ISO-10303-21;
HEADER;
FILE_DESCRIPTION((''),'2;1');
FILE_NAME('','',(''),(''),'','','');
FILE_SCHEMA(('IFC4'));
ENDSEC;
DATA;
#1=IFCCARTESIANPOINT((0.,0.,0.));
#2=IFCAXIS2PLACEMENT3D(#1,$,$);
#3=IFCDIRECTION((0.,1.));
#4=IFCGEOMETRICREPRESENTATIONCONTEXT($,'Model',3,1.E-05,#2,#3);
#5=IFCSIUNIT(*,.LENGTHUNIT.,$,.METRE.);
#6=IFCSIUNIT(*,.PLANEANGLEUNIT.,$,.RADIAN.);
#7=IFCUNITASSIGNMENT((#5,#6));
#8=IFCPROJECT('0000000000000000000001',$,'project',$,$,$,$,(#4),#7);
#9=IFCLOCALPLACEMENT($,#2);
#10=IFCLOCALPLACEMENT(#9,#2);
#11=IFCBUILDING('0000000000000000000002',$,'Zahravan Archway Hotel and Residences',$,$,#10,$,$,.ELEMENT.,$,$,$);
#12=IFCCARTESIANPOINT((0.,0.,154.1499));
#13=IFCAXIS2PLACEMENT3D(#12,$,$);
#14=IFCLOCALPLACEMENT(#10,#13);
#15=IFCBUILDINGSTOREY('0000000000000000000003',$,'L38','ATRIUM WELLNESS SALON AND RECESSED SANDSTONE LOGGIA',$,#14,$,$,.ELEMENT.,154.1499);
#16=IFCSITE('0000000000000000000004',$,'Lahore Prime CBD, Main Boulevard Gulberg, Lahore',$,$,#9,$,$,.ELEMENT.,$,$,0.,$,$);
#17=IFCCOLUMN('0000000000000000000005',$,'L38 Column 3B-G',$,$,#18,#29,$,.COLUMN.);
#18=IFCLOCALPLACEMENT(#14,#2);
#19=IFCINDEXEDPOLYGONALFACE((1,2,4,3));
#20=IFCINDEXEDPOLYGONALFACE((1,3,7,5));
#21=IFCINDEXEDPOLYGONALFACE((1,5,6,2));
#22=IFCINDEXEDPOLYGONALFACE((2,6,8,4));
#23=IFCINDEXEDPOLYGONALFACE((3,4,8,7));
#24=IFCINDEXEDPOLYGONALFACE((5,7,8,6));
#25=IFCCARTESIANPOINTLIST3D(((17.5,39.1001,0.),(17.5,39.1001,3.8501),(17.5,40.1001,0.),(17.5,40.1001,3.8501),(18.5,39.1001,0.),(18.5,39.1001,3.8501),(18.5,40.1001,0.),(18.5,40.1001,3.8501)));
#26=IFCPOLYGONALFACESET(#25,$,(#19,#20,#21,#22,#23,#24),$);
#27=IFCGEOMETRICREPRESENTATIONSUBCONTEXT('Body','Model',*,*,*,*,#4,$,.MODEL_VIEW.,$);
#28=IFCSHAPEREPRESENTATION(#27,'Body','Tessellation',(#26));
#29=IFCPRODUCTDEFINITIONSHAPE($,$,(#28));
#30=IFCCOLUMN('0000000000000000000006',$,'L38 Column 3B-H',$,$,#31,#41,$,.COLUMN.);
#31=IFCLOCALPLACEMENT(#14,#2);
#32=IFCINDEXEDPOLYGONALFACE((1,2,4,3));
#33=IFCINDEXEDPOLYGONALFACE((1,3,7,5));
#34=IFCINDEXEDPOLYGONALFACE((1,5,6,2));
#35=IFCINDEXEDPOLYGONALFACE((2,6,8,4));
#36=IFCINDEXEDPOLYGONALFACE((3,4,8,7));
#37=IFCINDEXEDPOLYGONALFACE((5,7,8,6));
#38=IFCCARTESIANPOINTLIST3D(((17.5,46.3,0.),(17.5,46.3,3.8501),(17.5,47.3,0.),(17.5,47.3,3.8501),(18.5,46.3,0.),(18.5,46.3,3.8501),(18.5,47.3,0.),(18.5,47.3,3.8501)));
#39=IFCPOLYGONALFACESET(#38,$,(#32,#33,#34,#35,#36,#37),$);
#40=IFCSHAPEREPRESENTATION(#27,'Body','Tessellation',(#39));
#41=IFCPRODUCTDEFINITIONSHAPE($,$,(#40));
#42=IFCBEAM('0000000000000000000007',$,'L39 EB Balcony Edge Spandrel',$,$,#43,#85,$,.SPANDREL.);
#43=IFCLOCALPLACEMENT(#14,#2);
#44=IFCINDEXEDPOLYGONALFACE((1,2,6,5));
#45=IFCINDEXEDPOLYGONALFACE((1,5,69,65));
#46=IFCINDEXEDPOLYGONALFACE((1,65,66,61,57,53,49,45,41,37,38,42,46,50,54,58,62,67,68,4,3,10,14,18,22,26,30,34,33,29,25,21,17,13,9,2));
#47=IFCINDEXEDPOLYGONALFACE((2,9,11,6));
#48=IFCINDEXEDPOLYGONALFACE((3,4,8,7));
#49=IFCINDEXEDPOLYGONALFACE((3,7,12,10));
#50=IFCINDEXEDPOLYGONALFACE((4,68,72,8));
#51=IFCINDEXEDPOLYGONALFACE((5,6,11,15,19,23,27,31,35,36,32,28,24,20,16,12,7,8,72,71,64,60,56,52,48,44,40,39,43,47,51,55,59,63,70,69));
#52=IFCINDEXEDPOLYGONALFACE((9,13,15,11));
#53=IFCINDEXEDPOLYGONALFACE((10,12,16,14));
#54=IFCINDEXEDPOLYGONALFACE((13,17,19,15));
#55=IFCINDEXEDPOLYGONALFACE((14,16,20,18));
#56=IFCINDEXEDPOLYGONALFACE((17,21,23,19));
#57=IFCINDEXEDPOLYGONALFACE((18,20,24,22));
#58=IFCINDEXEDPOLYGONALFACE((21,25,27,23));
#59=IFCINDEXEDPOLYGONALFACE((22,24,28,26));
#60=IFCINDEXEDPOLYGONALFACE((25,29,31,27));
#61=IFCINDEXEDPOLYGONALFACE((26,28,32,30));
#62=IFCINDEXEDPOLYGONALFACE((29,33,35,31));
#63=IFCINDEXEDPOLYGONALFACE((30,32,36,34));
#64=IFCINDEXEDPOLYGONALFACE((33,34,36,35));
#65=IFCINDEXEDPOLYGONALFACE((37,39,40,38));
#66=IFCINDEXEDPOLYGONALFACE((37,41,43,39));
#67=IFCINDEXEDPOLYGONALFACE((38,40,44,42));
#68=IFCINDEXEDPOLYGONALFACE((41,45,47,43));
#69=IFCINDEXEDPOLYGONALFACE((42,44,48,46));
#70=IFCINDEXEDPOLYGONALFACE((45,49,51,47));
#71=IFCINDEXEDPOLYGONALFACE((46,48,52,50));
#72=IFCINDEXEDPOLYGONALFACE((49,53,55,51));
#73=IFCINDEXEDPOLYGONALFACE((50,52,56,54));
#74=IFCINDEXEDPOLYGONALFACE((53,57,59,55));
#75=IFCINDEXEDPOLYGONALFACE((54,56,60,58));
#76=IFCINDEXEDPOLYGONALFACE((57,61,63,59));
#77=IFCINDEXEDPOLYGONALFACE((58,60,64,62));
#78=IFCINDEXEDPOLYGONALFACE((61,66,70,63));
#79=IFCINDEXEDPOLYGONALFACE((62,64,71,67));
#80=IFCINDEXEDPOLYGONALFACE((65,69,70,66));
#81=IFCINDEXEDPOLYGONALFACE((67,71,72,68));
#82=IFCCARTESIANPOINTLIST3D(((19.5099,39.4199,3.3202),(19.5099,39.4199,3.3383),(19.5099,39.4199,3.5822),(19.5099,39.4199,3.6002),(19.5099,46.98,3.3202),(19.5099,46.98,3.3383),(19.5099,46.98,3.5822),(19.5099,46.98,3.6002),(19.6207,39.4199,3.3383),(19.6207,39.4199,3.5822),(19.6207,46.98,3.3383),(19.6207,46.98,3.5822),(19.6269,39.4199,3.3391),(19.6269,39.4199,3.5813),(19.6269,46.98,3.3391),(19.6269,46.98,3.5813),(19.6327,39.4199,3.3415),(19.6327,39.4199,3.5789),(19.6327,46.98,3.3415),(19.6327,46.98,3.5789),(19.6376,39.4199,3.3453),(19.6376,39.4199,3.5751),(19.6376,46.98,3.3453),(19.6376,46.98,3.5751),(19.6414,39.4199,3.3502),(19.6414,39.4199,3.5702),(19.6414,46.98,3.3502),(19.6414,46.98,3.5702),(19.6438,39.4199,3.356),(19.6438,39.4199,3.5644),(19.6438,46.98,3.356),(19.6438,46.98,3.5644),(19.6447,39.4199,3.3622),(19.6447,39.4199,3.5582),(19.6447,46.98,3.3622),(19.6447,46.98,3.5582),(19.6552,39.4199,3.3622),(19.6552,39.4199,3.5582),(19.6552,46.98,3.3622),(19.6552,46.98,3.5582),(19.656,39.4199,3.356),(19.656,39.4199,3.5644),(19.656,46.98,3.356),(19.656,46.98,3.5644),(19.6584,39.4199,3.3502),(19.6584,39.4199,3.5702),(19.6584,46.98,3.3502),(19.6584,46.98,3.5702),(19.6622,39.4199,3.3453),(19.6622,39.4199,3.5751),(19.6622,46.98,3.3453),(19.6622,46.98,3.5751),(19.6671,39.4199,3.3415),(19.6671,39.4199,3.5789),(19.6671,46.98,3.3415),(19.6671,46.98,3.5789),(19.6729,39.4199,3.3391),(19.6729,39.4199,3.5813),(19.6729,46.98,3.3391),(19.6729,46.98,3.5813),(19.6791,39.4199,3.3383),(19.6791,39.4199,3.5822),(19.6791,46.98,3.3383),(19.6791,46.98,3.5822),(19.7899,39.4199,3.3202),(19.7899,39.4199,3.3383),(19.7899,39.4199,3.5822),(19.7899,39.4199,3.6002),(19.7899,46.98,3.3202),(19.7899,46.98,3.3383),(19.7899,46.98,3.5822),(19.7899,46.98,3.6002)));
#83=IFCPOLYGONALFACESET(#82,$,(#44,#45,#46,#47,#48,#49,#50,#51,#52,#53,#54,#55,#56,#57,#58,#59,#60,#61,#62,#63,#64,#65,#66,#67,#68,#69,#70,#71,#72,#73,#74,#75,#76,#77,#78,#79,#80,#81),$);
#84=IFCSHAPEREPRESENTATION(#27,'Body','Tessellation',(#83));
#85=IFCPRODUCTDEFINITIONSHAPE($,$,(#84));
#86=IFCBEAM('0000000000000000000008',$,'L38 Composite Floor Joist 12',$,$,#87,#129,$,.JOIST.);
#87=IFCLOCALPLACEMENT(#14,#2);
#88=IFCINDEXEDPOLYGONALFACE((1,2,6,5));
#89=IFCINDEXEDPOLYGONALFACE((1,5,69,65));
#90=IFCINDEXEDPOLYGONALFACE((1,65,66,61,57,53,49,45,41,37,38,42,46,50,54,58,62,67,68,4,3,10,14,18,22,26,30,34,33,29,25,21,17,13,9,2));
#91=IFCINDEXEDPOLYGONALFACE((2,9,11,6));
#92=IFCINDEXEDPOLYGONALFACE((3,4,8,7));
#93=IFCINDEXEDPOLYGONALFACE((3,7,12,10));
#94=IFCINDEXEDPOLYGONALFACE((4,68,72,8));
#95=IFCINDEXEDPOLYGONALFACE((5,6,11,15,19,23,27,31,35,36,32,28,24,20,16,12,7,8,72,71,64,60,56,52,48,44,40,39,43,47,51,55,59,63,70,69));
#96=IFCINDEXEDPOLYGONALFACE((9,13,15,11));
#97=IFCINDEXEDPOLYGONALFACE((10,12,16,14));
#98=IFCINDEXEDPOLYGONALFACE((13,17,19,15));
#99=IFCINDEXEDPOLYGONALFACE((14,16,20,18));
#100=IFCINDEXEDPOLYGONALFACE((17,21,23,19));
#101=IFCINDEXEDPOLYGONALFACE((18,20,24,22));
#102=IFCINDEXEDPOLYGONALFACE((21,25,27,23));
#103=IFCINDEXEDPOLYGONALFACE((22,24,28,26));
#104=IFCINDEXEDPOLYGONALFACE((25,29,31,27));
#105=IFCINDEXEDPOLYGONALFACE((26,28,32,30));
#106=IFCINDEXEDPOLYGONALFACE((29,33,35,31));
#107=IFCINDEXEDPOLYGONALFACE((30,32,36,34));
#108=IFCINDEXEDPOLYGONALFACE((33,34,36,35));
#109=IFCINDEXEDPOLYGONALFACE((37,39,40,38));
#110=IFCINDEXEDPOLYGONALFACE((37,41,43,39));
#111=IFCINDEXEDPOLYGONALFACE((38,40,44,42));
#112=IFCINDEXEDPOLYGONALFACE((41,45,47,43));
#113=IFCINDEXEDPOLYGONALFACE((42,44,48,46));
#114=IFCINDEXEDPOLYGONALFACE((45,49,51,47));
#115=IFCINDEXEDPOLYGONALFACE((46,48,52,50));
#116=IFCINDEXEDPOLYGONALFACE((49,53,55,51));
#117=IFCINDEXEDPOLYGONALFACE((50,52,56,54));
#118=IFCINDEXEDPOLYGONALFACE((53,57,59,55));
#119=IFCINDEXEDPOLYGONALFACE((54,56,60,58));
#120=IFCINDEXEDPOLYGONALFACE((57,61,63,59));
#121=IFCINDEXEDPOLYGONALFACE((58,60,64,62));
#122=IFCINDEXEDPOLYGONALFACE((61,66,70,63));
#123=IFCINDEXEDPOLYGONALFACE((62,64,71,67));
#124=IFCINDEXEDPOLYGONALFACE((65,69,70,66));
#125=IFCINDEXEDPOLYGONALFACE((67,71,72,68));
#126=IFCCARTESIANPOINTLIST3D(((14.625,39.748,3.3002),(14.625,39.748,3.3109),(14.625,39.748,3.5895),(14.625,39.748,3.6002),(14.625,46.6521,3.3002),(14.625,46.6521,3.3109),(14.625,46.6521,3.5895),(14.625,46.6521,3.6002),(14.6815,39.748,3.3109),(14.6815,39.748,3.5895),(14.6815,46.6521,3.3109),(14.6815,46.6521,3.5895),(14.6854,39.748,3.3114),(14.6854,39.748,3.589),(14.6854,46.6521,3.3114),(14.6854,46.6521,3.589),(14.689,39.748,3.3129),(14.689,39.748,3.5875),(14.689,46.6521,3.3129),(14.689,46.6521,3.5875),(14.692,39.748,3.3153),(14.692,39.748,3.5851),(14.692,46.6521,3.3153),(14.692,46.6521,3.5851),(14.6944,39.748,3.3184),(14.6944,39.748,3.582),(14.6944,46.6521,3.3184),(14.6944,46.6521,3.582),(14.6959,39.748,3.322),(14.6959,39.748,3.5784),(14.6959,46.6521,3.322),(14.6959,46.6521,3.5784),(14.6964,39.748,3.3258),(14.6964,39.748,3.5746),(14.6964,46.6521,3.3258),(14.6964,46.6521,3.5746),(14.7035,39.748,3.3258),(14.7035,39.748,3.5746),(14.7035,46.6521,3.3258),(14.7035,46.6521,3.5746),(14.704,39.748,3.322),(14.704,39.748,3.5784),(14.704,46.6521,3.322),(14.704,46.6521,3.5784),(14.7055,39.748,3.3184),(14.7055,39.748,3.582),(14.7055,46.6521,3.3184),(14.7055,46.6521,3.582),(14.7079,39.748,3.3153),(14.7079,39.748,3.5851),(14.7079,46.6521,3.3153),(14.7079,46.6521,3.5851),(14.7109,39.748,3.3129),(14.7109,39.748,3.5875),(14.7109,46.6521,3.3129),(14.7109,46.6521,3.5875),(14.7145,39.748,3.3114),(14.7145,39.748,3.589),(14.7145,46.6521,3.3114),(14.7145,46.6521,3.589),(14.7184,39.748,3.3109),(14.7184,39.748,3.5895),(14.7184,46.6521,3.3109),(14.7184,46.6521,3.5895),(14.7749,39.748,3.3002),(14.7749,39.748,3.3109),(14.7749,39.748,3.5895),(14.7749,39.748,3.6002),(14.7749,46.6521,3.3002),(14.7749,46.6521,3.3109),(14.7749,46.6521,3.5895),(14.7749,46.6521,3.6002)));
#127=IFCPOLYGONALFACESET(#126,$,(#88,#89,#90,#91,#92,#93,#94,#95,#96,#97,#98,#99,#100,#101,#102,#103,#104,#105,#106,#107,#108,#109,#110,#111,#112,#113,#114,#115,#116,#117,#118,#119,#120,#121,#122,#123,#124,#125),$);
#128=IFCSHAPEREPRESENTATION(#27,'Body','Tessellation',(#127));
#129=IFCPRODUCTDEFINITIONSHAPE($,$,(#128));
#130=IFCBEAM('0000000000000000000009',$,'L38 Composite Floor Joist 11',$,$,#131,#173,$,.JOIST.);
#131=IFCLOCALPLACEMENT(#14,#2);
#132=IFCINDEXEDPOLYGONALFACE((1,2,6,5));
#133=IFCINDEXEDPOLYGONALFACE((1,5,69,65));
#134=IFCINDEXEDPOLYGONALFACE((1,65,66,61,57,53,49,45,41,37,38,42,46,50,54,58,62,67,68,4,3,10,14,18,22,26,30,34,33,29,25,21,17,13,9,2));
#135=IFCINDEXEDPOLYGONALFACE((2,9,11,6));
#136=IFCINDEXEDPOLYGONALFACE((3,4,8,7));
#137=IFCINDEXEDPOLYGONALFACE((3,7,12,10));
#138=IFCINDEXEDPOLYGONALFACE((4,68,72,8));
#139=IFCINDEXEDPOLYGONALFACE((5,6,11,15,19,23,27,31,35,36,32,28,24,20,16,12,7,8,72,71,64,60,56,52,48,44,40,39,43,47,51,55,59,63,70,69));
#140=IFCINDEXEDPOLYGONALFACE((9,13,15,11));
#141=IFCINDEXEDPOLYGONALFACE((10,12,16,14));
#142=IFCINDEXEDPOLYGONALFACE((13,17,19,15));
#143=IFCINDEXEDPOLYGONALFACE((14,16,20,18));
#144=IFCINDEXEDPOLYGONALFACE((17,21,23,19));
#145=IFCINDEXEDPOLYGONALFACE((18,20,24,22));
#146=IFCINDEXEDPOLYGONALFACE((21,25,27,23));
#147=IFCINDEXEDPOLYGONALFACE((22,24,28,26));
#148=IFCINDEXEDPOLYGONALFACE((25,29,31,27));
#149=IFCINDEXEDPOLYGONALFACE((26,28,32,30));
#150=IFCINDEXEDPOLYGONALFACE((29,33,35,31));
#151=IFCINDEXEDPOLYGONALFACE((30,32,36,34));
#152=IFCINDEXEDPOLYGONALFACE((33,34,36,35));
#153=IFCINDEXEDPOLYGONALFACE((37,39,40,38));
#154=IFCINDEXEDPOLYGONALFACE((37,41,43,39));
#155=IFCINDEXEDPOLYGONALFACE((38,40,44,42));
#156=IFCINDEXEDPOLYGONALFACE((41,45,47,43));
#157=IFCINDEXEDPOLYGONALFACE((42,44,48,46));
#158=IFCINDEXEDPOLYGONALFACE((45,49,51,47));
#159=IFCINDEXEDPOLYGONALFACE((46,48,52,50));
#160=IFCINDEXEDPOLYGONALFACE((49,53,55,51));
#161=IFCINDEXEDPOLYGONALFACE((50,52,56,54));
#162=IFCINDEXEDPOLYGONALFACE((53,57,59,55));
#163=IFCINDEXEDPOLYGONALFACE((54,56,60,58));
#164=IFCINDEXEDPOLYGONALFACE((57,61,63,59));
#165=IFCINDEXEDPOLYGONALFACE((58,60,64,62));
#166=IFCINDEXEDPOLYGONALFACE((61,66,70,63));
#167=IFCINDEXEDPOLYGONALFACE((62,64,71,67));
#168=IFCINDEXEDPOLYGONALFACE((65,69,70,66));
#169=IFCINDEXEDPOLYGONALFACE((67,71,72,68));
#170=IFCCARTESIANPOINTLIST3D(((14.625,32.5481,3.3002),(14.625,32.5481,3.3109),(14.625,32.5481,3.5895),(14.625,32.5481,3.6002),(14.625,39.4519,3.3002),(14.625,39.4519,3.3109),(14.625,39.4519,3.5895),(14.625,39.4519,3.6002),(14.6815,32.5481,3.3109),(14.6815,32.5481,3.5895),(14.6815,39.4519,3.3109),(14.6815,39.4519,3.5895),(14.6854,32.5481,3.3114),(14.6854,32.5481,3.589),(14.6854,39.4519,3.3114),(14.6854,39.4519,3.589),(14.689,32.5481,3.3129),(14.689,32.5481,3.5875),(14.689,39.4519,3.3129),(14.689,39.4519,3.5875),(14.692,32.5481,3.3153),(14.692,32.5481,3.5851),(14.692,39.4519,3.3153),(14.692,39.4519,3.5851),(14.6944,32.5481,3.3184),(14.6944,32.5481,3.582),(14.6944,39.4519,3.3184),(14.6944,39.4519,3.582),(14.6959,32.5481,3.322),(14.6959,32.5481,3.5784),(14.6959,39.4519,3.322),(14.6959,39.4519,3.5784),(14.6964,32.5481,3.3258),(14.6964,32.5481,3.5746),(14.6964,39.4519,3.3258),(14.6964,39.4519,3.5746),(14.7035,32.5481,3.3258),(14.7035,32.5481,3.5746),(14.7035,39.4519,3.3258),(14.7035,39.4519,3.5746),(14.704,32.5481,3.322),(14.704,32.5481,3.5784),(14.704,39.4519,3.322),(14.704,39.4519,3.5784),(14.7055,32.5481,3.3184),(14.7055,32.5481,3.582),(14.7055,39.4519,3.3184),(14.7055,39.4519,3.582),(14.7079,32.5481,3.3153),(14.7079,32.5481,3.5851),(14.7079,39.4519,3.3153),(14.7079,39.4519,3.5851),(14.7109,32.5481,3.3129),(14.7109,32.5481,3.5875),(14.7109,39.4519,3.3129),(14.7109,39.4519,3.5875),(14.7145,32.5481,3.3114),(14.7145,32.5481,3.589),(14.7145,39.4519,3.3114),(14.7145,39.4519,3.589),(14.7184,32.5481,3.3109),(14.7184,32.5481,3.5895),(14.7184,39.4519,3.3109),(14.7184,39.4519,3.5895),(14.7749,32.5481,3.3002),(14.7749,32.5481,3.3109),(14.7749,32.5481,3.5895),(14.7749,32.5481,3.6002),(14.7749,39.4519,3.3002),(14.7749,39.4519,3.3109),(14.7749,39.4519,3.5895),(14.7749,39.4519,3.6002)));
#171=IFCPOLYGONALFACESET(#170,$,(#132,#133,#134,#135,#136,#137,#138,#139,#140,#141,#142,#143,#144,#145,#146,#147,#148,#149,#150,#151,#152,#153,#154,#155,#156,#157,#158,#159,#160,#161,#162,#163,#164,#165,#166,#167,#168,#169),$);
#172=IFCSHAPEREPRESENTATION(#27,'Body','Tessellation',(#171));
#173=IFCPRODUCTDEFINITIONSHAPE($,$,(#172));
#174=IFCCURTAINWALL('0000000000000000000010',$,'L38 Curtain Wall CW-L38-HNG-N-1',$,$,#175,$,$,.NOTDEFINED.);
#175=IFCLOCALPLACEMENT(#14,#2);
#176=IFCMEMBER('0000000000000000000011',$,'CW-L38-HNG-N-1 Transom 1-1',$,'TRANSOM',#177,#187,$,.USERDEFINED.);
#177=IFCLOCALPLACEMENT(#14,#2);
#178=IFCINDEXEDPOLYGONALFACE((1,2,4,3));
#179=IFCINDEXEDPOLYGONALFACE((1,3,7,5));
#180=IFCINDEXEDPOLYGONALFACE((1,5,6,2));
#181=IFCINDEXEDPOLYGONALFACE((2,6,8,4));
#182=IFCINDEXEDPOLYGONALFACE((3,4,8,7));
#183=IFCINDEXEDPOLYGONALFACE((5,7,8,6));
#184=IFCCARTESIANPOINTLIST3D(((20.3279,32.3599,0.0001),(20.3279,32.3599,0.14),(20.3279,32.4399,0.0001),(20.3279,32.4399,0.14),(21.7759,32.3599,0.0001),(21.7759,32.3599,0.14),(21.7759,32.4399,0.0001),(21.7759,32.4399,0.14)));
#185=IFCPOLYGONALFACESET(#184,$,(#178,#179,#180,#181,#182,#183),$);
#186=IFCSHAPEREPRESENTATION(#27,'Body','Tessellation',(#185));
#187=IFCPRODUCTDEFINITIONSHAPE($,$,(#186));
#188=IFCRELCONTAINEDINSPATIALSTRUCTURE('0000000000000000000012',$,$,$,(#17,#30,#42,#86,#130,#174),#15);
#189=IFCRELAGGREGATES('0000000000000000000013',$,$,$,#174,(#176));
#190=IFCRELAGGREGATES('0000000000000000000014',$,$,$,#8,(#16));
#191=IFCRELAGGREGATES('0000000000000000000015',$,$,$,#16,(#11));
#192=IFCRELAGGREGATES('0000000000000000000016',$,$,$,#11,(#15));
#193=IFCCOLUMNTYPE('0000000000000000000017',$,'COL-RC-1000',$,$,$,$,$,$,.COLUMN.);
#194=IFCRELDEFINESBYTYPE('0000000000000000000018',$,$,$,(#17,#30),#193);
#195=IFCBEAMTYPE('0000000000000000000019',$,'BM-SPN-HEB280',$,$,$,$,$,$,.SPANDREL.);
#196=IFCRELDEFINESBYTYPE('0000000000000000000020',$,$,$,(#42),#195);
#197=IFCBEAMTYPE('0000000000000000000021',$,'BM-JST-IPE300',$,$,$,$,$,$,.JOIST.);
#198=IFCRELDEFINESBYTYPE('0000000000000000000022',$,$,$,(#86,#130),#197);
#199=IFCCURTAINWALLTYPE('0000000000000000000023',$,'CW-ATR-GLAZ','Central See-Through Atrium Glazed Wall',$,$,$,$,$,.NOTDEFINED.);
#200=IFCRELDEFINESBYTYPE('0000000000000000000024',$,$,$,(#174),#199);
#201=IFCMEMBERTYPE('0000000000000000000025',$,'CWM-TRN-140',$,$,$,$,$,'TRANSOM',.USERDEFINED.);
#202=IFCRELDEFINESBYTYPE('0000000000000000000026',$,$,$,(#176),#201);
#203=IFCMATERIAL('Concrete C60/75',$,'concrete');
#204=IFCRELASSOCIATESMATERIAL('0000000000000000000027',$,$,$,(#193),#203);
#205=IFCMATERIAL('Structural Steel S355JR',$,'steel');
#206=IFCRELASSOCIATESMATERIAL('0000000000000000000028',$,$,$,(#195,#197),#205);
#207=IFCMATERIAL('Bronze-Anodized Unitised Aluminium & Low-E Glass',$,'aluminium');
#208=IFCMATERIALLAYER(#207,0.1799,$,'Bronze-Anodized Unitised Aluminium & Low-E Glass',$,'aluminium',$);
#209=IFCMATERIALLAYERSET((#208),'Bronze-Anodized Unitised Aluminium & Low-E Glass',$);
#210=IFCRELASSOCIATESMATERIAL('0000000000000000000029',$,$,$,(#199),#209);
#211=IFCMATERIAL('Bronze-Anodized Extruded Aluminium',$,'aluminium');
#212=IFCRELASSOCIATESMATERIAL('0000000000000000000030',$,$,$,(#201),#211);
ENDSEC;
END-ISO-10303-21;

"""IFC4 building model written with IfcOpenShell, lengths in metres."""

from ifc_helpers import new_model, si_unit, direction, frame, origin, origin_2d, place, context, subcontext, project, spatial, rectangle, i_section, extrude, source, transform, mapped, material, layer, layer_set, material_profile, profile_set, type_object, type_shapes, element, aggregate, save


model = new_model("IFC4")

# Units and contexts
model_context = context("Model", 3, precision=1e-05, world=origin(), true_north=direction((0.0, 1.0)))
body_context = subcontext(model_context, "Body", "Model", "MODEL_VIEW")
ifc_project = project(units=[si_unit("LENGTHUNIT", "METRE"), si_unit("PLANEANGLEUNIT", "RADIAN")], contexts=[model_context])

# Site, building, storey
site_placement = place(None, origin())
site = spatial("IfcSite", under=ifc_project, at=site_placement, Name="Lahore Prime CBD, Main Boulevard Gulberg, Lahore", CompositionType="ELEMENT", RefElevation=0.0)
building_placement = place(site_placement, origin())
building = spatial("IfcBuilding", under=site, at=building_placement, Name="Zahravan Archway Hotel and Residences", CompositionType="ELEMENT")
storey_placement = place(building_placement, frame((0.0, 0.0, 154.1499)))
storey = spatial("IfcBuildingStorey", under=building, at=storey_placement, Name="L38", Description="ATRIUM WELLNESS SALON AND RECESSED SANDSTONE LOGGIA", CompositionType="ELEMENT", Elevation=154.1499)

# Columns
ifc_material_1 = material(Name="Concrete C60/75", Category="concrete")
ifc_material_profile_1 = material_profile(ifc_material_1, rectangle(XDim=1.0, YDim=1.0, at=origin_2d()), Name="RC-COL-1000x1000", Category="concrete")
ifc_profile_set_1 = profile_set([ifc_material_profile_1], Name="Concrete C60/75")
column_type = type_object("IfcColumnType", Name="COL-RC-1000", PredefinedType="COLUMN", material=ifc_profile_set_1)
shared_shape_1 = source(origin(), body_context, "Body", "SweptSolid", [
    extrude(rectangle(XDim=1.0, YDim=1.0, at=origin_2d()), origin(), (0.0, 0.0, 1.0), 3.8501),
])
for number, where, z_axis, x_axis, name in (
    (1, (18.0, 39.6001, 0.0), (0.0, 0.0, 1.0), (1.0, 0.0, 0.0), "L38 Column 3B-G"),
    (2, (18.0, 46.8, 0.0), (0.0, 0.0, 1.0), (1.0, 0.0, 0.0), "L38 Column 3B-H"),
):
    element("IfcColumn", number, at=place(storey_placement, frame(where, z_axis=z_axis, x_axis=x_axis)), inside=storey, type_object=column_type, Name=name, PredefinedType="COLUMN", context=body_context, shape_type="MappedRepresentation", body=[
        mapped(shared_shape_1, transform((0.0, 0.0, 0.0), scale=1.0)),
    ])

# Beams
ifc_material_2 = material(Name="Structural Steel S355JR", Category="steel")
ifc_material_profile_2 = material_profile(ifc_material_2, i_section(OverallWidth=0.28, OverallDepth=0.28, WebThickness=0.0105, FlangeThickness=0.0181, FilletRadius=0.0239, at=origin_2d()), Name="HEB 280", Category="steel")
ifc_profile_set_2 = profile_set([ifc_material_profile_2], Name="Structural Steel S355JR")
beam_type_1 = type_object("IfcBeamType", Name="BM-SPN-HEB280", PredefinedType="SPANDREL", material=ifc_profile_set_2)
shared_shape_2 = source(origin(), body_context, "Body", "SweptSolid", [
    extrude(i_section(OverallWidth=0.28, OverallDepth=0.28, WebThickness=0.0105, FlangeThickness=0.0181, FilletRadius=0.0239, at=origin_2d()), origin(), (0.0, 0.0, 1.0), 7.5601),
])
type_shapes(beam_type_1, [shared_shape_2])
beam_1_placement = place(storey_placement, frame((19.6499, 39.4199, 3.4602), z_axis=(0.0, 1.0, 0.0), x_axis=(-1.0, 0.0, 0.0)))
element("IfcBeam", 3, at=beam_1_placement, inside=storey, type_object=beam_type_1, Name="L39 EB Balcony Edge Spandrel", PredefinedType="SPANDREL", context=body_context, shape_type="MappedRepresentation", body=[
    mapped(shared_shape_2, transform((0.0, 0.0, 0.0), scale=1.0)),
])
ifc_material_profile_3 = material_profile(ifc_material_2, i_section(OverallWidth=0.1499, OverallDepth=0.3, WebThickness=0.0071, FlangeThickness=0.0107, FilletRadius=0.0149, at=origin_2d()), Name="IPE 300", Category="steel")
ifc_profile_set_3 = profile_set([ifc_material_profile_3], Name="Structural Steel S355JR")
beam_type_2 = type_object("IfcBeamType", Name="BM-JST-IPE300", PredefinedType="JOIST", material=ifc_profile_set_3)
shared_shape_3 = source(origin(), body_context, "Body", "SweptSolid", [
    extrude(i_section(OverallWidth=0.1499, OverallDepth=0.3, WebThickness=0.0071, FlangeThickness=0.0107, FilletRadius=0.0149, at=origin_2d()), origin(), (0.0, 0.0, 1.0), 6.9041),
])
type_shapes(beam_type_2, [shared_shape_3])
beam_2_placement = place(storey_placement, frame((14.7, 39.748, 3.4502), z_axis=(0.0, 1.0, 0.0), x_axis=(-1.0, 0.0, 0.0)))
element("IfcBeam", 4, at=beam_2_placement, inside=storey, type_object=beam_type_2, Name="L38 Composite Floor Joist 12", PredefinedType="JOIST", context=body_context, shape_type="MappedRepresentation", body=[
    mapped(shared_shape_3, transform((0.0, 0.0, 0.0), scale=1.0)),
])
shared_shape_4 = source(origin(), body_context, "Body", "SweptSolid", [
    extrude(i_section(OverallWidth=0.1499, OverallDepth=0.3, WebThickness=0.0071, FlangeThickness=0.0107, FilletRadius=0.0149, at=origin_2d()), origin(), (0.0, 0.0, 1.0), 6.9038),
])
beam_3_placement = place(storey_placement, frame((14.7, 32.5481, 3.4502), z_axis=(0.0, 1.0, 0.0), x_axis=(-1.0, 0.0, 0.0)))
element("IfcBeam", 5, at=beam_3_placement, inside=storey, type_object=beam_type_2, Name="L38 Composite Floor Joist 11", PredefinedType="JOIST", context=body_context, shape_type="MappedRepresentation", body=[
    mapped(shared_shape_4, transform((0.0, 0.0, 0.0), scale=1.0)),
])

# Curtain wall, member
ifc_material_3 = material(Name="Bronze-Anodized Unitised Aluminium & Low-E Glass", Category="aluminium")
ifc_layer_1 = layer(ifc_material_3, 0.1799, Name="Bronze-Anodized Unitised Aluminium & Low-E Glass", Category="aluminium")
ifc_layer_set_1 = layer_set([ifc_layer_1], Name="Bronze-Anodized Unitised Aluminium & Low-E Glass")
curtain_wall_type = type_object("IfcCurtainWallType", Name="CW-ATR-GLAZ", Description="Central See-Through Atrium Glazed Wall", PredefinedType="NOTDEFINED", material=ifc_layer_set_1)
curtain_wall_placement = place(storey_placement, origin())
curtain_wall = element("IfcCurtainWall", 6, at=curtain_wall_placement, inside=storey, type_object=curtain_wall_type, Name="L38 Curtain Wall CW-L38-HNG-N-1", PredefinedType="NOTDEFINED")
ifc_material_4 = material(Name="Bronze-Anodized Extruded Aluminium", Category="aluminium")
ifc_material_profile_4 = material_profile(ifc_material_4, rectangle(XDim=0.0801, YDim=0.1399, at=origin_2d()), Name="TRN 80x140", Category="aluminium")
ifc_profile_set_4 = profile_set([ifc_material_profile_4], Name="Bronze-Anodized Extruded Aluminium")
member_type_1 = type_object("IfcMemberType", Name="CWM-TRN-140", ElementType="TRANSOM", PredefinedType="USERDEFINED", material=ifc_profile_set_4)
shared_shape_5 = source(origin(), body_context, "Body", "SweptSolid", [
    extrude(rectangle(XDim=0.0801, YDim=0.1399, at=origin_2d()), origin(), (0.0, 0.0, 1.0), 1.448),
])
member_1_placement = place(storey_placement, frame((20.3279, 32.3999, 0.0701), z_axis=(1.0, 0.0, 0.0), x_axis=(0.0, 1.0, 0.0)))
member_1 = element("IfcMember", 7, at=member_1_placement, type_object=member_type_1, Name="CW-L38-HNG-N-1 Transom 1-1", ObjectType="TRANSOM", PredefinedType="USERDEFINED", context=body_context, shape_type="MappedRepresentation", body=[
    mapped(shared_shape_5, transform((0.0, 0.0, 0.0), scale=1.0)),
])
aggregate(curtain_wall, [member_1])

save(model, "model.ifc")
